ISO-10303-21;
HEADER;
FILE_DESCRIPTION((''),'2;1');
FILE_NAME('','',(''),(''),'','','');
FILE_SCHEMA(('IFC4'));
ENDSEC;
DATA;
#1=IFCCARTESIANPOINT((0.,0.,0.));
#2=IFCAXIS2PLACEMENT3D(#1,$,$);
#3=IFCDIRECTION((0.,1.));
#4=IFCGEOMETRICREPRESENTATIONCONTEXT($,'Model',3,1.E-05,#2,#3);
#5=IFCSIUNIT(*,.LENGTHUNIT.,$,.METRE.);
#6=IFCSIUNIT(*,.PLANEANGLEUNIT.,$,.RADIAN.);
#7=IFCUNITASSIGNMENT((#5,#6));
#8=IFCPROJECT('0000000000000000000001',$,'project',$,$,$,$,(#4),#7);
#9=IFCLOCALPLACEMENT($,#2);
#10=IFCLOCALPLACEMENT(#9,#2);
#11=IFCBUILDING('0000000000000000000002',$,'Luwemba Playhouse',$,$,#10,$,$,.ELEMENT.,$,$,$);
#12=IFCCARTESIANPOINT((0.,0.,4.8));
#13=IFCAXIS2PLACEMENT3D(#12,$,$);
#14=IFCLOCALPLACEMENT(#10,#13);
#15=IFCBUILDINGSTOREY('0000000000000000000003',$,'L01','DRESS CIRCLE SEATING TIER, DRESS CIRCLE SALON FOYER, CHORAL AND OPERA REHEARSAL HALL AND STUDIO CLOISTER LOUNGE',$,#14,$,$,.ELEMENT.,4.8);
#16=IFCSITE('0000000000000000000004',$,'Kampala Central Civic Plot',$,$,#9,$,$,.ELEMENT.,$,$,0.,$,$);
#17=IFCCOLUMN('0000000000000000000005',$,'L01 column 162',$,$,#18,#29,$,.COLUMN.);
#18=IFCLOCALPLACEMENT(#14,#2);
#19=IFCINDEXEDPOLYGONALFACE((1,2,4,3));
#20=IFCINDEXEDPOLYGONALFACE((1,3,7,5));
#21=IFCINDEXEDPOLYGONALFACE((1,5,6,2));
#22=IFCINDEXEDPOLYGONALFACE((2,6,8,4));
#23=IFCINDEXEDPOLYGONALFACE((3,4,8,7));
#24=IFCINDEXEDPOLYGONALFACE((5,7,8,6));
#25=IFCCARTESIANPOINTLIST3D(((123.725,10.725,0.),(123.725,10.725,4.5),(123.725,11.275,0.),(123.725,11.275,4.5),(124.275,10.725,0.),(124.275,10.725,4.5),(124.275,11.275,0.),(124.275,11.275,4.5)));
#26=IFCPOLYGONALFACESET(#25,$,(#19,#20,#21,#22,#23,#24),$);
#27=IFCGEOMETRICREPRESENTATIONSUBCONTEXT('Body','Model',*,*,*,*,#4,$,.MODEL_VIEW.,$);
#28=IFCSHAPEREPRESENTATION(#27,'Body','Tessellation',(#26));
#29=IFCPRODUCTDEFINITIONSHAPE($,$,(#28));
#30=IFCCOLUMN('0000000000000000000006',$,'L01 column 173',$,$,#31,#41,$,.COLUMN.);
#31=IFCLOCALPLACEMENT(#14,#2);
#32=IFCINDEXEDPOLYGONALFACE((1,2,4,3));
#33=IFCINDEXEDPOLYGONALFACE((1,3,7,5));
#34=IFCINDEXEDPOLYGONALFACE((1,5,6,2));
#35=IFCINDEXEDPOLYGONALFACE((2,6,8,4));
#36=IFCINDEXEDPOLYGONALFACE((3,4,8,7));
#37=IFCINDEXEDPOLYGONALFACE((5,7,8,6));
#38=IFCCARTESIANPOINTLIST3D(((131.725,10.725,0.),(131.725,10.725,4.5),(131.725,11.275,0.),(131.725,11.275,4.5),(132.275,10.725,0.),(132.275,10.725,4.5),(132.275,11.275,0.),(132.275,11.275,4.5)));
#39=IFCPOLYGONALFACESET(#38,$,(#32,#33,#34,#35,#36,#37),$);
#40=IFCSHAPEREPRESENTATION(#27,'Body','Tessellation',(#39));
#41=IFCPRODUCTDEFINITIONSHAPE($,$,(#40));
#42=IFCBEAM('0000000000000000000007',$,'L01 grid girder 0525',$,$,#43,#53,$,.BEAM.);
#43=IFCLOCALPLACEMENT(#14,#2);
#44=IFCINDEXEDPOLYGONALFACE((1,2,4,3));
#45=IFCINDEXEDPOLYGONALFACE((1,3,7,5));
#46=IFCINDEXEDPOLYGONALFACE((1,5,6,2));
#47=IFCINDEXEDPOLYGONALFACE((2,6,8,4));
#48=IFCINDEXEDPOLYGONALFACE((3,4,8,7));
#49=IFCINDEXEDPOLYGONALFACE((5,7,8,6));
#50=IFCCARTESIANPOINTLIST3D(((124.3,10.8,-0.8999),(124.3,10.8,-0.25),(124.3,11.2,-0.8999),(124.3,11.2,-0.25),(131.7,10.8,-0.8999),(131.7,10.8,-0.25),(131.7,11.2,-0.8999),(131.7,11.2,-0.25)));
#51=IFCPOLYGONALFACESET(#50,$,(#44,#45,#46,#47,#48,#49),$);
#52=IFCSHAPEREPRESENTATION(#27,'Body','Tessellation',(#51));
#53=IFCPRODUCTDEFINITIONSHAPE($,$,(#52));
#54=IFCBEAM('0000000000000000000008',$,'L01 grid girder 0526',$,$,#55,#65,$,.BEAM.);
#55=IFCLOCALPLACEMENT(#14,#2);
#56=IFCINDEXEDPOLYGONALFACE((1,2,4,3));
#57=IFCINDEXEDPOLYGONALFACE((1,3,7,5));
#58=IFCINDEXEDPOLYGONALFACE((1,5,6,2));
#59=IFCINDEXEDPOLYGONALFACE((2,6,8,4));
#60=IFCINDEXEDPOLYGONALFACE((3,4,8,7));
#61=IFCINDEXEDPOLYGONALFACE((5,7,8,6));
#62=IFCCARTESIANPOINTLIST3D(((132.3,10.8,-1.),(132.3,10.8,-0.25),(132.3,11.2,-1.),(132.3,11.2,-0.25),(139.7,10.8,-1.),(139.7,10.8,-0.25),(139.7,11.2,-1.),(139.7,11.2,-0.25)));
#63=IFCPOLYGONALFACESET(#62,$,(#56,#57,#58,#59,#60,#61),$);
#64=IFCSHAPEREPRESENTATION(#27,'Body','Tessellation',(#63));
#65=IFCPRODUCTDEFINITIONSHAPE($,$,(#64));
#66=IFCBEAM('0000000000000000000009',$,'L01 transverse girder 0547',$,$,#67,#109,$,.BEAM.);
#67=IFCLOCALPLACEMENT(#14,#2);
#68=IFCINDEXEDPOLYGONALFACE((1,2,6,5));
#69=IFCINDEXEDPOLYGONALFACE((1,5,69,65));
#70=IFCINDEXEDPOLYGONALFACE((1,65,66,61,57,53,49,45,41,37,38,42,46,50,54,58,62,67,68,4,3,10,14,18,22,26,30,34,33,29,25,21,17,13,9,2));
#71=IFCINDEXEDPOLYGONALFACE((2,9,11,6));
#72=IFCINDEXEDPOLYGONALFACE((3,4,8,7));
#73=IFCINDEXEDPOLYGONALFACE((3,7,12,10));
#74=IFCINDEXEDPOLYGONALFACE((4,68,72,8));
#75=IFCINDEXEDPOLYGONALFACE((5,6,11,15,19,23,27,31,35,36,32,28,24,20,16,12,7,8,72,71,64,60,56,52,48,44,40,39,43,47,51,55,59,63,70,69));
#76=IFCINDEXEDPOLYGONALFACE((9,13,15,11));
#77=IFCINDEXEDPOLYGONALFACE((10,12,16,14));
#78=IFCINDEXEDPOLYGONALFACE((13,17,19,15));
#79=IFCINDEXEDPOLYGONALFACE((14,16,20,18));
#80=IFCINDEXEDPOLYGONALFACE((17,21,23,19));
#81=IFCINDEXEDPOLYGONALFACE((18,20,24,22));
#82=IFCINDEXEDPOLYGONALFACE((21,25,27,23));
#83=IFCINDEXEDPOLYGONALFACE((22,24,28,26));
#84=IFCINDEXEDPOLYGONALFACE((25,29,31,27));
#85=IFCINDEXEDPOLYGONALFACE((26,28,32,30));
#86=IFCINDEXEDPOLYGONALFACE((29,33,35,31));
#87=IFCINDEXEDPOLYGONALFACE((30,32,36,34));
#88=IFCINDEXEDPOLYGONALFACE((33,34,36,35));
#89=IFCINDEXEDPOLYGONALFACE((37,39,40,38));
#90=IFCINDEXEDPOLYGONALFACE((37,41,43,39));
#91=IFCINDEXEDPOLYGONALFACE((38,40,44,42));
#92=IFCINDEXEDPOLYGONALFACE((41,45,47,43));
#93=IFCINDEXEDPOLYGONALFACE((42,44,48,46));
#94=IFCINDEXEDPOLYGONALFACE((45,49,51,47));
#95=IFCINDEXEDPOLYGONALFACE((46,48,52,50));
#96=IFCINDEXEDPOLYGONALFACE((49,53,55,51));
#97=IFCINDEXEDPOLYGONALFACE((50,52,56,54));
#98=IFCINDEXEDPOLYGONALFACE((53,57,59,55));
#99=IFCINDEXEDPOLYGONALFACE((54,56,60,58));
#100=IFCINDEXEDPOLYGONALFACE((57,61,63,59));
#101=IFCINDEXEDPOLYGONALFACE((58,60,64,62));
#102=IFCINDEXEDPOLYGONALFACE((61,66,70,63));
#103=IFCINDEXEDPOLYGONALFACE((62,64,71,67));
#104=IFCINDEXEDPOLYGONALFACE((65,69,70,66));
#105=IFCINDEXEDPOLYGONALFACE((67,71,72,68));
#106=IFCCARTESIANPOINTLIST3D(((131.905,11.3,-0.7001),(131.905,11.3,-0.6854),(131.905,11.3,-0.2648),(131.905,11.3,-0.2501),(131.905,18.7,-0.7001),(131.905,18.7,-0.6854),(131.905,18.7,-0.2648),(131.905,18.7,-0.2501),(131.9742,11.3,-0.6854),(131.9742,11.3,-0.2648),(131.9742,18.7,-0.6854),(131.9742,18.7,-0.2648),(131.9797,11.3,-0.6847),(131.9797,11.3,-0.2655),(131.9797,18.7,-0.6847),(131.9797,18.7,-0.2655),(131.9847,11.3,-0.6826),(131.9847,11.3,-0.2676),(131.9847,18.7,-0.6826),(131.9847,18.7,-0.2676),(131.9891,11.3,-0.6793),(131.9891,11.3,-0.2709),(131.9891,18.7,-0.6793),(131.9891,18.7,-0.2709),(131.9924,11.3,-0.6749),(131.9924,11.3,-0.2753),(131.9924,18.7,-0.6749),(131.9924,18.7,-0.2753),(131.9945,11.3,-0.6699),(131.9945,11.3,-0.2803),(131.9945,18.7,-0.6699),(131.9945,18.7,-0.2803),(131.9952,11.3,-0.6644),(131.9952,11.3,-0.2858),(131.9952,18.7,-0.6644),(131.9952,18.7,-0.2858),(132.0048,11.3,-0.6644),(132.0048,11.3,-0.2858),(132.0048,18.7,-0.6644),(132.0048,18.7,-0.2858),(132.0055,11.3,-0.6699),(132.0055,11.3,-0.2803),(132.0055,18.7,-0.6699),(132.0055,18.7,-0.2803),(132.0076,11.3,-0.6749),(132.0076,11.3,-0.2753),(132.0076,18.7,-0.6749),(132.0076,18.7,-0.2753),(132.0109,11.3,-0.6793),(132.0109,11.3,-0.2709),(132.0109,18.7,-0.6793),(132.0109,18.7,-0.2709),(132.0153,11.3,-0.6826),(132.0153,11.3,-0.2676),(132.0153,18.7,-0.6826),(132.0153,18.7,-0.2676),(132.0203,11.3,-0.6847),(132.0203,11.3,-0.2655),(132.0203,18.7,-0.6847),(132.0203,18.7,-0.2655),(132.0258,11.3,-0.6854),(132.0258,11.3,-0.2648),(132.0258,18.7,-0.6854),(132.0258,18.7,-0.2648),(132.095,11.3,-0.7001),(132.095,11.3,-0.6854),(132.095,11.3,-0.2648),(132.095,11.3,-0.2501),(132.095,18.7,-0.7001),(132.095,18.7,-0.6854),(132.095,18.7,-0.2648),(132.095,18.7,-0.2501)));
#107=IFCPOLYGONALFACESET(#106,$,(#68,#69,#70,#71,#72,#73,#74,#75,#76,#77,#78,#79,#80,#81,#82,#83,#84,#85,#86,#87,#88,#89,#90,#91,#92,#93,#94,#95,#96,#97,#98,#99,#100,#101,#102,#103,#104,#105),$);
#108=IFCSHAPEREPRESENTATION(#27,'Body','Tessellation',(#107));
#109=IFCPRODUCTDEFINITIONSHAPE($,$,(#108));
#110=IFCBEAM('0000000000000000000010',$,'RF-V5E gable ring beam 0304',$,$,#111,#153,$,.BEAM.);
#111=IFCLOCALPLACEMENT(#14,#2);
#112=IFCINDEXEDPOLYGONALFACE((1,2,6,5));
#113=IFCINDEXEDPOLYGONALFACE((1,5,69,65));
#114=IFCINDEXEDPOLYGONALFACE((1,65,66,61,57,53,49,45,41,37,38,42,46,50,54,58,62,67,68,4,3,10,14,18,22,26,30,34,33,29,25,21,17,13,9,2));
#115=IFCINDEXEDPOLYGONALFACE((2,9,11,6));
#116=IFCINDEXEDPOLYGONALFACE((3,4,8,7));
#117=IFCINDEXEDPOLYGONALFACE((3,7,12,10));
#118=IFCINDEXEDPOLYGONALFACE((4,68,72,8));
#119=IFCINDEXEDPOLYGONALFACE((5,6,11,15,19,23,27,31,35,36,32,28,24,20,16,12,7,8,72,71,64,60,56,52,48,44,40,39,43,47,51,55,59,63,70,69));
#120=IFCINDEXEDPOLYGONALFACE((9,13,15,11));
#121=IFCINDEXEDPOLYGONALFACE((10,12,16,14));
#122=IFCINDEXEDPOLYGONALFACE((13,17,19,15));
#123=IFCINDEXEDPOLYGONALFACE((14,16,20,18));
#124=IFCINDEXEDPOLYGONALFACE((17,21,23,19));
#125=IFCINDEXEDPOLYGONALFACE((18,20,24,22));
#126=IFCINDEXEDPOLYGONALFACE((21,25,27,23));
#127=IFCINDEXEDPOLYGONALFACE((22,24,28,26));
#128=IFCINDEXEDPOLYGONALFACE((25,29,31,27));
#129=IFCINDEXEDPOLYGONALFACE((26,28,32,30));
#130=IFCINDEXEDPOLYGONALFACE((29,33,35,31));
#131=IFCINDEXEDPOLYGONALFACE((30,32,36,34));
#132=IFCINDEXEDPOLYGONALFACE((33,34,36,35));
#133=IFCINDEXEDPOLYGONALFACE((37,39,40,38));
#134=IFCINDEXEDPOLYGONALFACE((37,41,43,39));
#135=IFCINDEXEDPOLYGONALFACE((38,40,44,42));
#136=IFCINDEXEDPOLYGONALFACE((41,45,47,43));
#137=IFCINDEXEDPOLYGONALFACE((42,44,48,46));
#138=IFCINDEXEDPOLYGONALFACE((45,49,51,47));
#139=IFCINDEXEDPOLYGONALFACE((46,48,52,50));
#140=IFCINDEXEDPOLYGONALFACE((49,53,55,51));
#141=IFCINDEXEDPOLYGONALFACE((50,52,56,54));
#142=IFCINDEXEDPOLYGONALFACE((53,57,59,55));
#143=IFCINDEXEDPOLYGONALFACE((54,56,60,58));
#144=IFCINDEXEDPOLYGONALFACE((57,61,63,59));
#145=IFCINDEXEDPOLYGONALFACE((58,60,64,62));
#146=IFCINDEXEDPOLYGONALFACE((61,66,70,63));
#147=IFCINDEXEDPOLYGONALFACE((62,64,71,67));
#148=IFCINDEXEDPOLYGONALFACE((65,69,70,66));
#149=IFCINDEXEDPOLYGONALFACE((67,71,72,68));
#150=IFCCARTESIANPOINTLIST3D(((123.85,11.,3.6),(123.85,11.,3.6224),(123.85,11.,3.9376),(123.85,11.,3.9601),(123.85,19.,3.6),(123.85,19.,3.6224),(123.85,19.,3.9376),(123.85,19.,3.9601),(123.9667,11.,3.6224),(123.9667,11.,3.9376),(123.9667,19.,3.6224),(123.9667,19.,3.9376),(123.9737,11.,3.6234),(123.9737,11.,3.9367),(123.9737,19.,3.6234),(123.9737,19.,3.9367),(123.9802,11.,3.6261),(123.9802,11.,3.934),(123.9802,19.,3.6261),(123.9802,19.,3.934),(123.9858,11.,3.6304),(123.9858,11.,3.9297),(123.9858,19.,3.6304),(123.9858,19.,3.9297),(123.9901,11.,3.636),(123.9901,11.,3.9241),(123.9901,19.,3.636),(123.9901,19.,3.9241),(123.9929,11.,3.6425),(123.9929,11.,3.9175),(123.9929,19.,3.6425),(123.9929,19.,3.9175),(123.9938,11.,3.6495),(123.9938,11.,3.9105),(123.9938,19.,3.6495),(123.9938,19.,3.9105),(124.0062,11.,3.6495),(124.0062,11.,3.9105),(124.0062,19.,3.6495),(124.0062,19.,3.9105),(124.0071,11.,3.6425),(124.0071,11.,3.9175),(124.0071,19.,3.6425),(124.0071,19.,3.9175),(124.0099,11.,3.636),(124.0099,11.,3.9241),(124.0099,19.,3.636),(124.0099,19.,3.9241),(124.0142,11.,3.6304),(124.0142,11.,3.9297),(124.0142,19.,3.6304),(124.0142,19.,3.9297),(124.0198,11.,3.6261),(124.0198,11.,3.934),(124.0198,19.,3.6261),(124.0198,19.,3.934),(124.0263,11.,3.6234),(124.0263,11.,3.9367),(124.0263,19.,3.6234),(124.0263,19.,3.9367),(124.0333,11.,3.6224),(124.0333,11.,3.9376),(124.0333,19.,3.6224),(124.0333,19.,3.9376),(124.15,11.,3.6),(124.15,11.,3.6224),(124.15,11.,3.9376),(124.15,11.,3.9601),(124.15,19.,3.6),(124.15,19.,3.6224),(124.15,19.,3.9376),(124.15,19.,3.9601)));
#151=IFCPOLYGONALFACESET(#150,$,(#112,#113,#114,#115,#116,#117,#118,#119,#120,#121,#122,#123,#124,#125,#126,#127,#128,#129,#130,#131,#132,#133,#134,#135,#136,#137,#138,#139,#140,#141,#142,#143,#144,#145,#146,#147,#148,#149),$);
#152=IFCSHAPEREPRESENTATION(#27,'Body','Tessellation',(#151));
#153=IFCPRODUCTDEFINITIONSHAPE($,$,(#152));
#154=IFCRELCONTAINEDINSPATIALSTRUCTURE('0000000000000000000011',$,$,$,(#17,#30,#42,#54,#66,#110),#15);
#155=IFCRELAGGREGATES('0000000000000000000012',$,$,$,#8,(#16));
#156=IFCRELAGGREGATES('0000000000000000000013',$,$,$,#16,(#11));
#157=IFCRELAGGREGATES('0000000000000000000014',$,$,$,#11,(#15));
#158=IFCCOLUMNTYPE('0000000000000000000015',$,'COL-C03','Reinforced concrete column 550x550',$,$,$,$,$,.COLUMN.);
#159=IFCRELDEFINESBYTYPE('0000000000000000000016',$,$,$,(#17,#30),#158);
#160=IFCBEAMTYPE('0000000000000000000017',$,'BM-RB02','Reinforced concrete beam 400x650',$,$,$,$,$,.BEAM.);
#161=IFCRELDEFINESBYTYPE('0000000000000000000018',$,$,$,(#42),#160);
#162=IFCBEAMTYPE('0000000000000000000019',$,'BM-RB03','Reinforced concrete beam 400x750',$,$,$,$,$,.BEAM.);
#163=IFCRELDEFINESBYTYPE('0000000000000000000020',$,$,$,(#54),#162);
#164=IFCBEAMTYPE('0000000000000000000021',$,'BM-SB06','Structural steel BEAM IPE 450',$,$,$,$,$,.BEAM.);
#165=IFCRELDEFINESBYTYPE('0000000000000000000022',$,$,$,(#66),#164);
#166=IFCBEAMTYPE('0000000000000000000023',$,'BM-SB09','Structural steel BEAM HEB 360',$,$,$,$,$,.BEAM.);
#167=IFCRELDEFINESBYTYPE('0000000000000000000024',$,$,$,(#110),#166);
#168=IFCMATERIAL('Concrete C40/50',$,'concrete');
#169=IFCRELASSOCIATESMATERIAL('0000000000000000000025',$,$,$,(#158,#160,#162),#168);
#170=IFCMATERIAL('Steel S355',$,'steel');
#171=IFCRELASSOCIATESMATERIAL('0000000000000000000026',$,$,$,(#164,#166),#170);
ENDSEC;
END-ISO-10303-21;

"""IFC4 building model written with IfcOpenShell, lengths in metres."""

from ifc_helpers import new_model, si_unit, direction, frame, origin, origin_2d, place, context, subcontext, project, spatial, rectangle, i_section, extrude, material, material_profile, profile_set, type_object, element, save


model = new_model("IFC4")

# Units and contexts
model_context = context("Model", 3, precision=1e-05, world=origin(), true_north=direction((0.0, 1.0)))
body_context = subcontext(model_context, "Body", "Model", "MODEL_VIEW")
ifc_project = project(units=[si_unit("LENGTHUNIT", "METRE"), si_unit("PLANEANGLEUNIT", "RADIAN")], contexts=[model_context])

# Site, building, storey
site_placement = place(None, origin())
site = spatial("IfcSite", under=ifc_project, at=site_placement, Name="Kampala Central Civic Plot", CompositionType="ELEMENT", RefElevation=0.0)
building_placement = place(site_placement, origin())
building = spatial("IfcBuilding", under=site, at=building_placement, Name="Luwemba Playhouse", CompositionType="ELEMENT")
storey_placement = place(building_placement, frame((0.0, 0.0, 4.8)))
storey = spatial("IfcBuildingStorey", under=building, at=storey_placement, Name="L01", Description="DRESS CIRCLE SEATING TIER, DRESS CIRCLE SALON FOYER, CHORAL AND OPERA REHEARSAL HALL AND STUDIO CLOISTER LOUNGE", CompositionType="ELEMENT", Elevation=4.8)

# Columns
ifc_material_1 = material(Name="Concrete C40/50", Category="concrete")
ifc_material_profile_1 = material_profile(ifc_material_1, rectangle(XDim=0.55, YDim=0.55, at=origin_2d()))
ifc_profile_set_1 = profile_set([ifc_material_profile_1], Name="Concrete C40/50")
column_type = type_object("IfcColumnType", Name="COL-C03", Description="Reinforced concrete column 550x550", PredefinedType="COLUMN", material=ifc_profile_set_1)
for number, where, z_axis, x_axis, name in (
    (1, (124.0, 11.0, 0.0), (0.0, 0.0, 1.0), (1.0, 0.0, 0.0), "L01 column 162"),
    (2, (132.0, 11.0, 0.0), (0.0, 0.0, 1.0), (1.0, 0.0, 0.0), "L01 column 173"),
):
    element("IfcColumn", number, at=place(storey_placement, frame(where, z_axis=z_axis, x_axis=x_axis)), inside=storey, type_object=column_type, Name=name, PredefinedType="COLUMN", context=body_context, shape_type="SweptSolid", body=[
        extrude(rectangle(XDim=0.55, YDim=0.55, at=origin_2d()), origin(), (0.0, 0.0, 1.0), 4.5),
    ])

# Beams
ifc_material_profile_2 = material_profile(ifc_material_1, rectangle(XDim=0.3999, YDim=0.6499, at=origin_2d()))
ifc_profile_set_2 = profile_set([ifc_material_profile_2], Name="Concrete C40/50")
beam_type_1 = type_object("IfcBeamType", Name="BM-RB02", Description="Reinforced concrete beam 400x650", PredefinedType="BEAM", material=ifc_profile_set_2)
beam_1_placement = place(storey_placement, frame((124.3, 11.0, -0.575), z_axis=(1.0, 0.0, 0.0), x_axis=(0.0, 1.0, 0.0)))
element("IfcBeam", 3, at=beam_1_placement, inside=storey, type_object=beam_type_1, Name="L01 grid girder 0525", PredefinedType="BEAM", context=body_context, shape_type="SweptSolid", body=[
    extrude(rectangle(XDim=0.3999, YDim=0.6499, at=origin_2d()), origin(), (0.0, 0.0, 1.0), 7.3999),
])
ifc_material_profile_3 = material_profile(ifc_material_1, rectangle(XDim=0.3999, YDim=0.75, at=origin_2d()))
ifc_profile_set_3 = profile_set([ifc_material_profile_3], Name="Concrete C40/50")
beam_type_2 = type_object("IfcBeamType", Name="BM-RB03", Description="Reinforced concrete beam 400x750", PredefinedType="BEAM", material=ifc_profile_set_3)
beam_2_placement = place(storey_placement, frame((132.3, 11.0, -0.625), z_axis=(1.0, 0.0, 0.0), x_axis=(0.0, 1.0, 0.0)))
element("IfcBeam", 4, at=beam_2_placement, inside=storey, type_object=beam_type_2, Name="L01 grid girder 0526", PredefinedType="BEAM", context=body_context, shape_type="SweptSolid", body=[
    extrude(rectangle(XDim=0.3999, YDim=0.75, at=origin_2d()), origin(), (0.0, 0.0, 1.0), 7.3999),
])
ifc_material_2 = material(Name="Steel S355", Category="steel")
ifc_material_profile_4 = material_profile(ifc_material_2, i_section(OverallWidth=0.1899, OverallDepth=0.45, WebThickness=0.0095, FlangeThickness=0.0146, FilletRadius=0.021, at=origin_2d()))
ifc_profile_set_4 = profile_set([ifc_material_profile_4], Name="Steel S355")
beam_type_3 = type_object("IfcBeamType", Name="BM-SB06", Description="Structural steel BEAM IPE 450", PredefinedType="BEAM", material=ifc_profile_set_4)
beam_3_placement = place(storey_placement, frame((132.0, 11.3, -0.4751), z_axis=(0.0, 1.0, 0.0), x_axis=(-1.0, 0.0, 0.0)))
element("IfcBeam", 5, at=beam_3_placement, inside=storey, type_object=beam_type_3, Name="L01 transverse girder 0547", PredefinedType="BEAM", context=body_context, shape_type="SweptSolid", body=[
    extrude(i_section(OverallWidth=0.1899, OverallDepth=0.45, WebThickness=0.0095, FlangeThickness=0.0146, FilletRadius=0.021, at=origin_2d()), origin(), (0.0, 0.0, 1.0), 7.3999),
])
ifc_material_profile_5 = material_profile(ifc_material_2, i_section(OverallWidth=0.3, OverallDepth=0.3601, WebThickness=0.0125, FlangeThickness=0.0225, FilletRadius=0.0271, at=origin_2d()))
ifc_profile_set_5 = profile_set([ifc_material_profile_5], Name="Steel S355")
beam_type_4 = type_object("IfcBeamType", Name="BM-SB09", Description="Structural steel BEAM HEB 360", PredefinedType="BEAM", material=ifc_profile_set_5)
beam_4_placement = place(storey_placement, frame((124.0, 11.0, 3.78), z_axis=(0.0, 1.0, 0.0), x_axis=(-1.0, 0.0, 0.0)))
element("IfcBeam", 6, at=beam_4_placement, inside=storey, type_object=beam_type_4, Name="RF-V5E gable ring beam 0304", PredefinedType="BEAM", context=body_context, shape_type="SweptSolid", body=[
    extrude(i_section(OverallWidth=0.3, OverallDepth=0.3601, WebThickness=0.0125, FlangeThickness=0.0225, FilletRadius=0.0271, at=origin_2d()), origin(), (0.0, 0.0, 1.0), 8.0),
])

save(model, "model.ifc")
